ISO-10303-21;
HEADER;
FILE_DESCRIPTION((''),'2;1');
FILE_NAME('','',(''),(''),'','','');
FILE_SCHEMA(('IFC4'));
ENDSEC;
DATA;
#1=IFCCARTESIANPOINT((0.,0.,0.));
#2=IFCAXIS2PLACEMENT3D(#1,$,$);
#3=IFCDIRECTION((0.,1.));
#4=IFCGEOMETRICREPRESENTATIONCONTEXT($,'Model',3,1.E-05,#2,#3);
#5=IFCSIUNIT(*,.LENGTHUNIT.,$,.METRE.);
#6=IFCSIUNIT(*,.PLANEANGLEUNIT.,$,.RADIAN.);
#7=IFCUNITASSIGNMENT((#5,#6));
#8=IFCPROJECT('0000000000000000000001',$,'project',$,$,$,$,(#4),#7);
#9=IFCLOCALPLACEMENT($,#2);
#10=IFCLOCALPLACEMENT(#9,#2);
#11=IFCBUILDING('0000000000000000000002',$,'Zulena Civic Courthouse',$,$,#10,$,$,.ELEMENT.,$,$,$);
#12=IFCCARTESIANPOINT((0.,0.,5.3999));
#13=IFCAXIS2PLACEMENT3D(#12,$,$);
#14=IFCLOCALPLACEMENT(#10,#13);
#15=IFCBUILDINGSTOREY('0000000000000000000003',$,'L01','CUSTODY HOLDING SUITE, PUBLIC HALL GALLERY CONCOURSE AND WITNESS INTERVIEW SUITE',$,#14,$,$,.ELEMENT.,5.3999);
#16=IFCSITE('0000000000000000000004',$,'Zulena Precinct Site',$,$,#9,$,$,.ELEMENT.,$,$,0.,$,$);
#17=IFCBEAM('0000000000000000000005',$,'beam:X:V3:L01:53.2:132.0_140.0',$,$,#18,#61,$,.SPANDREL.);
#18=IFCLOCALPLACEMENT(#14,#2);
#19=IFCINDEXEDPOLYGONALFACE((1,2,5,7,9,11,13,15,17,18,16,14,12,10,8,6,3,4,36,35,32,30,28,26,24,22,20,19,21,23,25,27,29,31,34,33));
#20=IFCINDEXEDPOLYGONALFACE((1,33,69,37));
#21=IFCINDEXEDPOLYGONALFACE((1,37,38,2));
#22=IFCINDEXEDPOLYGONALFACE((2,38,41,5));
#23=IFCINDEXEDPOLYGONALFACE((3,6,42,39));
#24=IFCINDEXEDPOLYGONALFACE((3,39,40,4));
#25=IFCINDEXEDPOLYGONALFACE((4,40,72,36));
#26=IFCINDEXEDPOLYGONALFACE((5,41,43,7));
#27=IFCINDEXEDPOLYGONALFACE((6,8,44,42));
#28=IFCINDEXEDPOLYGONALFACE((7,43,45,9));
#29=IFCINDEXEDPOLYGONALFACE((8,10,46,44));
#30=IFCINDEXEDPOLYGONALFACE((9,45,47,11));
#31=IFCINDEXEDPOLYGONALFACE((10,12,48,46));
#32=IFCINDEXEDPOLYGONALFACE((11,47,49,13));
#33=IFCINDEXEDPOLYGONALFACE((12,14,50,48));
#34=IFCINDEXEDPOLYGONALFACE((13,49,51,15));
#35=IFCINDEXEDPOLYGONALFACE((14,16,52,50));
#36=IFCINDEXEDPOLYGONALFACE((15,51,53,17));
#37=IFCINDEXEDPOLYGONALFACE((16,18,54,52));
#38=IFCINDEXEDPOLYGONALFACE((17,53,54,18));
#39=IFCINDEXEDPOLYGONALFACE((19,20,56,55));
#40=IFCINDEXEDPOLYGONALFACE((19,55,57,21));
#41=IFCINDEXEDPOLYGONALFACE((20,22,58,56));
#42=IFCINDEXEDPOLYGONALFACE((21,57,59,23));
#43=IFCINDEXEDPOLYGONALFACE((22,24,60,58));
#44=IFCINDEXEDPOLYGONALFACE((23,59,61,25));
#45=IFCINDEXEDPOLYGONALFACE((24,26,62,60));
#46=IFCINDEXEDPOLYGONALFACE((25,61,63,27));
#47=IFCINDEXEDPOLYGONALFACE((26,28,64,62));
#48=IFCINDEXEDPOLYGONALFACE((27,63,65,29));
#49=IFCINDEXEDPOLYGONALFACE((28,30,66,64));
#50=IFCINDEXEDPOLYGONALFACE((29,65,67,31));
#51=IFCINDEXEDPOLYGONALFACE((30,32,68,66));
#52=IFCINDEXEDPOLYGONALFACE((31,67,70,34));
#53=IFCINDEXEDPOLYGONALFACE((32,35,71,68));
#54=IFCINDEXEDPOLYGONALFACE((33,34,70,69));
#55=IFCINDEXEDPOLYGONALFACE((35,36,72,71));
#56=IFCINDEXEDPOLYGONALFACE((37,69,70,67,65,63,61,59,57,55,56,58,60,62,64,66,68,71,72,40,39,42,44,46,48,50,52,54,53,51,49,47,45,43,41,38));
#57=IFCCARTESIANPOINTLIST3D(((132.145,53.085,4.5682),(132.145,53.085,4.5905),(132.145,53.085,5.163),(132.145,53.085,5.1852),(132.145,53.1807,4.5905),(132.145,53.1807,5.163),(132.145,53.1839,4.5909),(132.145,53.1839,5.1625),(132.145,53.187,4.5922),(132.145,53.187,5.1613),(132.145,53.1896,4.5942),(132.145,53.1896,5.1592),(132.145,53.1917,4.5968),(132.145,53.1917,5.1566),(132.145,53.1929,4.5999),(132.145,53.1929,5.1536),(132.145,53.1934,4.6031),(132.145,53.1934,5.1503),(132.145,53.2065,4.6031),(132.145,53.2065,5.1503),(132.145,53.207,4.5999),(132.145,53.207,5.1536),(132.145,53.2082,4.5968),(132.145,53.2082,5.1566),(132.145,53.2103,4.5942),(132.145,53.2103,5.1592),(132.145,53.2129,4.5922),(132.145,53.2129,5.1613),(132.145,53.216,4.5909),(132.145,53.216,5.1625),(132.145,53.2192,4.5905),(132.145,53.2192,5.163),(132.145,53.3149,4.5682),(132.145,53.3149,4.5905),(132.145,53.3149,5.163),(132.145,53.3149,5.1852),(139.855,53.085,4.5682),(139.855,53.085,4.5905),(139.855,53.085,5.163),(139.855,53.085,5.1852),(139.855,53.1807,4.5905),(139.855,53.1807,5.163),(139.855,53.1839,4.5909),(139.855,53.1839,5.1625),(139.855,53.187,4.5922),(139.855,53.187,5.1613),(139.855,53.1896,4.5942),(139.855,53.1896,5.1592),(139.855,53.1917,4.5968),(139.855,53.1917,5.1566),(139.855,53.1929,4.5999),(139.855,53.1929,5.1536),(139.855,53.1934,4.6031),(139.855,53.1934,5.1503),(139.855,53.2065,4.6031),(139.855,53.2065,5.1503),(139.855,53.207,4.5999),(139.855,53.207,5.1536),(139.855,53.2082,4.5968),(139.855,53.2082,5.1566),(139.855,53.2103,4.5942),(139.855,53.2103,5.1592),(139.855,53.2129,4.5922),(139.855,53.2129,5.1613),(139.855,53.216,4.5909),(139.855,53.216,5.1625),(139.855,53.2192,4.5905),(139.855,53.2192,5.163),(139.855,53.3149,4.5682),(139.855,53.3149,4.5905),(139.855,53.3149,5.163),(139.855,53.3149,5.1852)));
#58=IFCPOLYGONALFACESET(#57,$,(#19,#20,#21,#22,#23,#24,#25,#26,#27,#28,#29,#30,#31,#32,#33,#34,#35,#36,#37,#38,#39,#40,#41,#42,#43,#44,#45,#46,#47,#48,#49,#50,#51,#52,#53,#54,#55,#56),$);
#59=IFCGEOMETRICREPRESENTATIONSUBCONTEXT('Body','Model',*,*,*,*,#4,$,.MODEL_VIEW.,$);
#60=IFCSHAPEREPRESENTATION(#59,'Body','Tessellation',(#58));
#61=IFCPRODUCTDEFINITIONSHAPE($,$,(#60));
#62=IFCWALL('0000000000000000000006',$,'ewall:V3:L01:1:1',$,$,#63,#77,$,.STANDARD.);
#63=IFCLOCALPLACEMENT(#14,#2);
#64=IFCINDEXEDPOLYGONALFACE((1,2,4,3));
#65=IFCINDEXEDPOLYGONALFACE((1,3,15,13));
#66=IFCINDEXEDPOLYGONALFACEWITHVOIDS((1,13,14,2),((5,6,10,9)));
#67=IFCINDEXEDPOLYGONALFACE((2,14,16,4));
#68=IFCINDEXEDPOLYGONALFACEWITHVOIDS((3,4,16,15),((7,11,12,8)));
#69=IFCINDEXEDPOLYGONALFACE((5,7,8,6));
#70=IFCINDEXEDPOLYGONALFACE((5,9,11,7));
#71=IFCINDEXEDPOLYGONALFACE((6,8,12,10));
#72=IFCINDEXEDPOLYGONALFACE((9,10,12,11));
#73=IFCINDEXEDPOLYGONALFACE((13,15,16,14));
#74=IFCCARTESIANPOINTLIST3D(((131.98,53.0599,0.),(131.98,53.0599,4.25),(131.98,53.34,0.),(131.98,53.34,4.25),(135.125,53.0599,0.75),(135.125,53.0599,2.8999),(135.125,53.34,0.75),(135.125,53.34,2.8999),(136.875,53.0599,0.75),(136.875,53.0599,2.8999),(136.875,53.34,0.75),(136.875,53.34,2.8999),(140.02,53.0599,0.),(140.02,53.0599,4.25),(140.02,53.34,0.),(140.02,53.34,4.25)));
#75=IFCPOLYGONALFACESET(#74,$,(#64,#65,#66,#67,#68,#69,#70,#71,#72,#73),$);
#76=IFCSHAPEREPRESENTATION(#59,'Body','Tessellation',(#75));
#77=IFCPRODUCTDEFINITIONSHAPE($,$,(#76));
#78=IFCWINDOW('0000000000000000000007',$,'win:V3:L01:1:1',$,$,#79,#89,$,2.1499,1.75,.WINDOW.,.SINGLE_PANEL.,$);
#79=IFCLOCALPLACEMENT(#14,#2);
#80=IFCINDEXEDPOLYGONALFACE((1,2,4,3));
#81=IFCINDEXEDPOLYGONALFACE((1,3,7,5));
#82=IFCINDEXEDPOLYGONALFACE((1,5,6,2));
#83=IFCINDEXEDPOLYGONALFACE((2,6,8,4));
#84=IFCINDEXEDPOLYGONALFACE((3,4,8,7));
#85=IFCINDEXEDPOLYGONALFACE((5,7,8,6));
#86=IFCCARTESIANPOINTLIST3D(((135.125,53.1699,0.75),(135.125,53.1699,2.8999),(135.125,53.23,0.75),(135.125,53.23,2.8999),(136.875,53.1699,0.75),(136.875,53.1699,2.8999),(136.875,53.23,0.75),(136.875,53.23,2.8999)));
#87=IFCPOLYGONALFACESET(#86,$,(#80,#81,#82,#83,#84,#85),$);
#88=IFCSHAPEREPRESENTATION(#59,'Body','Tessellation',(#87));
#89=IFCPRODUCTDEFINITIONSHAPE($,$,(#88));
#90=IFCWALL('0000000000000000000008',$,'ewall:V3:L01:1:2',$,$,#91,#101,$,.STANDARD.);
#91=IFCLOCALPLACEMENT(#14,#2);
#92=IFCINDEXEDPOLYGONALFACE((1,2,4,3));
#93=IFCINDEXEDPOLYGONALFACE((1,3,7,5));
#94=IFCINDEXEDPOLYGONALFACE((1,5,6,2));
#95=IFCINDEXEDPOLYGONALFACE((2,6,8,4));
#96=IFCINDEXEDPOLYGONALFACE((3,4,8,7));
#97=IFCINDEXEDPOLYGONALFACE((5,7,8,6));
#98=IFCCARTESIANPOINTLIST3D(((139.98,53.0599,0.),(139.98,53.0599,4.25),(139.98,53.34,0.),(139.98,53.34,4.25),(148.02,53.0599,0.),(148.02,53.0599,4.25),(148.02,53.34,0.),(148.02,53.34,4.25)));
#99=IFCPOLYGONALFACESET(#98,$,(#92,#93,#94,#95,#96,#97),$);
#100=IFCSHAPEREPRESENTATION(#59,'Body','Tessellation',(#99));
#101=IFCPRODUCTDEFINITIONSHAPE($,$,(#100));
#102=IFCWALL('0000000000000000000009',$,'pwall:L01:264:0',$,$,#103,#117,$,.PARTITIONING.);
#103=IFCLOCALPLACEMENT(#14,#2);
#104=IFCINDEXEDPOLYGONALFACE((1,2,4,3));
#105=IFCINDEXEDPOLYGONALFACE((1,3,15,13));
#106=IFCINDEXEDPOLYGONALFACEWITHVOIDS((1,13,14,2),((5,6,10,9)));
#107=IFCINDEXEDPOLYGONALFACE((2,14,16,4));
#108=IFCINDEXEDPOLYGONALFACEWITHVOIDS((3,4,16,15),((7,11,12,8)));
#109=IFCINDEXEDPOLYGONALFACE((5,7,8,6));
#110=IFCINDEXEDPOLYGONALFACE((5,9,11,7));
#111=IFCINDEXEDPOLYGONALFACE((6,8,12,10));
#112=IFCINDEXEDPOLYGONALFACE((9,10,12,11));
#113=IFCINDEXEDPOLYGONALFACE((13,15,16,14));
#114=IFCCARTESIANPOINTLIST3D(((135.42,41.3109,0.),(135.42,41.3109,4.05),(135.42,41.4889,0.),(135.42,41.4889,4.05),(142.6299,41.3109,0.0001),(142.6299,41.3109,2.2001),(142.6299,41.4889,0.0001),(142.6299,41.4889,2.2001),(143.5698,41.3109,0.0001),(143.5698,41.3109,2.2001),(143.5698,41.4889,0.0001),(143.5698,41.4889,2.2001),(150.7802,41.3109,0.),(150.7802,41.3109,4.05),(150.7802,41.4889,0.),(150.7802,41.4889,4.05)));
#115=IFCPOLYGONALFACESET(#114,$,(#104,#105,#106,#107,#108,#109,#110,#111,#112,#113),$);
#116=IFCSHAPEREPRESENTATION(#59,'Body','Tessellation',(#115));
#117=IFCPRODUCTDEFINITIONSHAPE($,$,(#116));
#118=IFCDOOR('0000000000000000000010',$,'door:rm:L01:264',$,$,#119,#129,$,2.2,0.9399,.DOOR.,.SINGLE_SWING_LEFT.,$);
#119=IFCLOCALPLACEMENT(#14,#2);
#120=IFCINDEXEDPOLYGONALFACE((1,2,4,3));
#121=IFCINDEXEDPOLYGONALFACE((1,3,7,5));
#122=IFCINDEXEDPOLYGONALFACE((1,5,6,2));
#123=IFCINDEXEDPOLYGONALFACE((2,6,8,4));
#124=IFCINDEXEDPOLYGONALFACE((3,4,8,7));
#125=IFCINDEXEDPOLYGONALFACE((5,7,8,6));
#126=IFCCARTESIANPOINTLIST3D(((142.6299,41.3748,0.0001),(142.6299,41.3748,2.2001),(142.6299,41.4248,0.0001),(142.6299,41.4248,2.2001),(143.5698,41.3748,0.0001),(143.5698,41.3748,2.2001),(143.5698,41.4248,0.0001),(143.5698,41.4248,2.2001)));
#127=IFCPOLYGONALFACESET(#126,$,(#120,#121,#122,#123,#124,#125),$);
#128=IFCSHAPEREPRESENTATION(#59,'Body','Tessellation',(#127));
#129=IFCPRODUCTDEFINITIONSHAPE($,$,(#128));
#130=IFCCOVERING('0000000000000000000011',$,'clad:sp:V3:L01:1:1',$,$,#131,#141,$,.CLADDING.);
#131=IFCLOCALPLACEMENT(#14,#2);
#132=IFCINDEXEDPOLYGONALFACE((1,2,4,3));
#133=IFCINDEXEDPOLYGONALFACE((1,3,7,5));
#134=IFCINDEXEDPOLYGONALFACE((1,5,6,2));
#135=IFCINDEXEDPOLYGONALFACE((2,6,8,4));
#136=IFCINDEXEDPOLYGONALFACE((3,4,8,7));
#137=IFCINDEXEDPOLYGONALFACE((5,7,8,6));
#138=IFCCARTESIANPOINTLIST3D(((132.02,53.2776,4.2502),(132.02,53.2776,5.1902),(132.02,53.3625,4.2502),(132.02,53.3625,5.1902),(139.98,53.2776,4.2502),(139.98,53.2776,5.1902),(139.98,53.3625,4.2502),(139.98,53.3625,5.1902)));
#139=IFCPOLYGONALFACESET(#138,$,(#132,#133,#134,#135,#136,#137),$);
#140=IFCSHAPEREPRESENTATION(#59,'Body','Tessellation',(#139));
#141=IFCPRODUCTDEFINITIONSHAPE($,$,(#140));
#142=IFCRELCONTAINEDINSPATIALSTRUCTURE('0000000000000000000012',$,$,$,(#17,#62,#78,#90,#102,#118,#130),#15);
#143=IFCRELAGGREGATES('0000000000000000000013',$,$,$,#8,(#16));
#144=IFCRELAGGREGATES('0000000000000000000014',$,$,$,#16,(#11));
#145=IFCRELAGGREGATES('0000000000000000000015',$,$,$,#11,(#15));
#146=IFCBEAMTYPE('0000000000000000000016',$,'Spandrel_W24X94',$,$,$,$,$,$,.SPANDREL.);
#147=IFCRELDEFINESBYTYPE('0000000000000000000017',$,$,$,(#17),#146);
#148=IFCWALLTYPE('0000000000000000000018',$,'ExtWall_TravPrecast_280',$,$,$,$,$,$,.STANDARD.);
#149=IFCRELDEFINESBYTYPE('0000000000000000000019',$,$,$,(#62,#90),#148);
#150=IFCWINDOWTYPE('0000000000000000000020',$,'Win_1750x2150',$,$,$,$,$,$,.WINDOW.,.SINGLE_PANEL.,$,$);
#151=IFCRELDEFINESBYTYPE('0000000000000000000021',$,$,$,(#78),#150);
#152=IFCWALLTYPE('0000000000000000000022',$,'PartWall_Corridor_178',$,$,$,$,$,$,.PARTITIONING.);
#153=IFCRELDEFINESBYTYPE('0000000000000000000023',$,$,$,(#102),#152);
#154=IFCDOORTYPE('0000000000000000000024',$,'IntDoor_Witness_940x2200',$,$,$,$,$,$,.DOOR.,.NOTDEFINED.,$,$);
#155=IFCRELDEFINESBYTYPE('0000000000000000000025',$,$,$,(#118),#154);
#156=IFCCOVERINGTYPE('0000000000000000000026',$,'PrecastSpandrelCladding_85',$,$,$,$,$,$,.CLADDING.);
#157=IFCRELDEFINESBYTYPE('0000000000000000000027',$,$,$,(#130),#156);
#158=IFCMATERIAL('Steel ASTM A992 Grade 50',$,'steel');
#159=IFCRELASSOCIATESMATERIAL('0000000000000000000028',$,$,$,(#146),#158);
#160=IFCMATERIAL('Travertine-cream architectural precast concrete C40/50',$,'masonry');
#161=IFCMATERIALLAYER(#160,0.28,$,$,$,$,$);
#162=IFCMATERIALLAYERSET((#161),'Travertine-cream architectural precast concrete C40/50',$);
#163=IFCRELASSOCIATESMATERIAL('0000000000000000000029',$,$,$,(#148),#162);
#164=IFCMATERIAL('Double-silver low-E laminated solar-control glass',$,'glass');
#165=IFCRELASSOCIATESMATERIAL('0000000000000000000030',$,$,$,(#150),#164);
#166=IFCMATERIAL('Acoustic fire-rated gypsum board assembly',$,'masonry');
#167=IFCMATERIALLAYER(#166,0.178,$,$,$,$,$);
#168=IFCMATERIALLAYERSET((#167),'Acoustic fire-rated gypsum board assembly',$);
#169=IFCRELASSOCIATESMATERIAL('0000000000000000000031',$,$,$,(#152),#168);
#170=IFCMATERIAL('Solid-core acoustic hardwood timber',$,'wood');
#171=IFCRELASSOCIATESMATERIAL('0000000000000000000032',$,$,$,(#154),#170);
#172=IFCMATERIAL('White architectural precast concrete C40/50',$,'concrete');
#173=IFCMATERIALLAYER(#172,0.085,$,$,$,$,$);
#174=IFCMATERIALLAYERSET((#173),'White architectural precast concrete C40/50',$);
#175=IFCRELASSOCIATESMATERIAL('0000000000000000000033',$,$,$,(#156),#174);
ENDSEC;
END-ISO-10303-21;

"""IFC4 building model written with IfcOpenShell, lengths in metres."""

from ifc_helpers import new_model, si_unit, direction, frame, frame_2d, origin, origin_2d, place, context, subcontext, project, spatial, rectangle, i_section, extrude, material, layer, layer_set, material_profile, profile_set, type_object, element, fill, save


model = new_model("IFC4")

# Units and contexts
model_context = context("Model", 3, precision=1e-05, world=origin(), true_north=direction((0.0, 1.0)))
body_context = subcontext(model_context, "Body", "Model", "MODEL_VIEW")
ifc_project = project(units=[si_unit("LENGTHUNIT", "METRE"), si_unit("PLANEANGLEUNIT", "RADIAN")], contexts=[model_context])

# Site, building, storey
site_placement = place(None, origin())
site = spatial("IfcSite", under=ifc_project, at=site_placement, Name="Zulena Precinct Site", CompositionType="ELEMENT", RefElevation=0.0)
building_placement = place(site_placement, origin())
building = spatial("IfcBuilding", under=site, at=building_placement, Name="Zulena Civic Courthouse", CompositionType="ELEMENT")
storey_placement = place(building_placement, frame((0.0, 0.0, 5.3999)))
storey = spatial("IfcBuildingStorey", under=building, at=storey_placement, Name="L01", Description="CUSTODY HOLDING SUITE, PUBLIC HALL GALLERY CONCOURSE AND WITNESS INTERVIEW SUITE", CompositionType="ELEMENT", Elevation=5.3999)

# Shared definitions
ifc_material_1 = material(Name="Steel ASTM A992 Grade 50", Category="steel")

# Beam
ifc_material_profile_1 = material_profile(ifc_material_1, i_section(OverallWidth=0.23, OverallDepth=0.6169, WebThickness=0.0132, FlangeThickness=0.0222, FilletRadius=0.0127, at=origin_2d()), Name="W24X94")
ifc_profile_set_1 = profile_set([ifc_material_profile_1], Name="Steel ASTM A992 Grade 50")
beam_type_1 = type_object("IfcBeamType", Name="Spandrel_W24X94", PredefinedType="SPANDREL", material=ifc_profile_set_1)
beam_1_placement = place(storey_placement, frame((132.145, 53.2, 4.8767), z_axis=(1.0, 0.0, 0.0), x_axis=(0.0, 1.0, 0.0)))
element("IfcBeam", 1, at=beam_1_placement, inside=storey, type_object=beam_type_1, Name="beam:X:V3:L01:53.2:132.0_140.0", PredefinedType="SPANDREL", context=body_context, shape_type="SweptSolid", body=[
    extrude(i_section(OverallWidth=0.23, OverallDepth=0.6169, WebThickness=0.0132, FlangeThickness=0.0222, FilletRadius=0.0127, at=origin_2d()), origin(), (0.0, 0.0, 1.0), 7.71),
])

# Wall, opening, window
ifc_material_2 = material(Name="Travertine-cream architectural precast concrete C40/50", Category="masonry")
ifc_layer_1 = layer(ifc_material_2, 0.28)
ifc_layer_set_1 = layer_set([ifc_layer_1], Name="Travertine-cream architectural precast concrete C40/50")
wall_type_1 = type_object("IfcWallType", Name="ExtWall_TravPrecast_280", PredefinedType="STANDARD", material=ifc_layer_set_1)
wall_1_placement = place(storey_placement, frame((131.98, 53.2, 0.0), z_axis=(0.0, 0.0, 1.0), x_axis=(1.0, 0.0, 0.0)))
wall_1 = element("IfcWall", 2, at=wall_1_placement, inside=storey, type_object=wall_type_1, Name="ewall:V3:L01:1:1", PredefinedType="STANDARD", context=body_context, shape_type="SweptSolid", body=[
    extrude(rectangle(XDim=8.04, YDim=0.28, at=frame_2d((4.02, 0.0))), origin(), (0.0, 0.0, 1.0), 4.25),
])
opening_1_placement = place(wall_1_placement, frame((3.145, 0.0, 0.75)))
opening_1 = element("IfcOpeningElement", 3, at=opening_1_placement, cuts=wall_1, PredefinedType="OPENING", context=body_context, shape_type="SweptSolid", body=[
    extrude(rectangle(XDim=1.75, YDim=2.1499, at=frame_2d((0.875, 1.075))), frame((0.0, 0.1499, 0.0), z_axis=(0.0, -1.0, 0.0), x_axis=(1.0, 0.0, 0.0)), (0.0, 0.0, 1.0), 0.3),
])
ifc_material_3 = material(Name="Double-silver low-E laminated solar-control glass", Category="glass")
window_type = type_object("IfcWindowType", Name="Win_1750x2150", PartitioningType="SINGLE_PANEL", PredefinedType="WINDOW", material=ifc_material_3)
window_placement = place(opening_1_placement, origin())
window = element("IfcWindow", 4, at=window_placement, inside=storey, type_object=window_type, Name="win:V3:L01:1:1", OverallHeight=2.1499, OverallWidth=1.75, PartitioningType="SINGLE_PANEL", PredefinedType="WINDOW", context=body_context, shape_type="SweptSolid", body=[
    extrude(rectangle(XDim=1.75, YDim=2.1499, at=frame_2d((0.875, 1.075))), frame((0.0, 0.03, 0.0), z_axis=(0.0, -1.0, 0.0), x_axis=(1.0, 0.0, 0.0)), (0.0, 0.0, 1.0), 0.0601),
])
fill(opening_1, window)

# Wall
wall_2_placement = place(storey_placement, frame((139.98, 53.2, 0.0), z_axis=(0.0, 0.0, 1.0), x_axis=(1.0, 0.0, 0.0)))
element("IfcWall", 5, at=wall_2_placement, inside=storey, type_object=wall_type_1, Name="ewall:V3:L01:1:2", PredefinedType="STANDARD", context=body_context, shape_type="SweptSolid", body=[
    extrude(rectangle(XDim=8.04, YDim=0.28, at=frame_2d((4.02, 0.0))), origin(), (0.0, 0.0, 1.0), 4.25),
])

# Wall, opening, door
ifc_material_4 = material(Name="Acoustic fire-rated gypsum board assembly", Category="masonry")
ifc_layer_2 = layer(ifc_material_4, 0.178)
ifc_layer_set_2 = layer_set([ifc_layer_2], Name="Acoustic fire-rated gypsum board assembly")
wall_type_2 = type_object("IfcWallType", Name="PartWall_Corridor_178", PredefinedType="PARTITIONING", material=ifc_layer_set_2)
wall_3_placement = place(storey_placement, frame((135.4199, 41.3999, 0.0), z_axis=(0.0, 0.0, 1.0), x_axis=(1.0, 0.0, 0.0)))
wall_3 = element("IfcWall", 6, at=wall_3_placement, inside=storey, type_object=wall_type_2, Name="pwall:L01:264:0", PredefinedType="PARTITIONING", context=body_context, shape_type="SweptSolid", body=[
    extrude(rectangle(XDim=15.3601, YDim=0.178, at=frame_2d((7.6802, 0.0))), origin(), (0.0, 0.0, 1.0), 4.05),
])
opening_2_placement = place(wall_3_placement, frame((7.21, 0.0, 0.0)))
opening_2 = element("IfcOpeningElement", 7, at=opening_2_placement, cuts=wall_3, PredefinedType="OPENING", context=body_context, shape_type="SweptSolid", body=[
    extrude(rectangle(XDim=0.9399, YDim=2.2, at=frame_2d((0.47, 1.1001))), frame((0.0, 0.0989, 0.0), z_axis=(0.0, -1.0, 0.0), x_axis=(1.0, 0.0, 0.0)), (0.0, 0.0, 1.0), 0.198),
])
ifc_material_5 = material(Name="Solid-core acoustic hardwood timber", Category="wood")
door_type = type_object("IfcDoorType", Name="IntDoor_Witness_940x2200", OperationType="NOTDEFINED", PredefinedType="DOOR", material=ifc_material_5)
door_placement = place(opening_2_placement, origin())
door = element("IfcDoor", 8, at=door_placement, inside=storey, type_object=door_type, Name="door:rm:L01:264", OperationType="SINGLE_SWING_LEFT", OverallHeight=2.2, OverallWidth=0.9399, PredefinedType="DOOR", context=body_context, shape_type="SweptSolid", body=[
    extrude(rectangle(XDim=0.9399, YDim=2.2, at=frame_2d((0.47, 1.1001))), frame((0.0, 0.0249, 0.0), z_axis=(0.0, -1.0, 0.0), x_axis=(1.0, 0.0, 0.0)), (0.0, 0.0, 1.0), 0.05),
])
fill(opening_2, door)

# Covering
ifc_material_6 = material(Name="White architectural precast concrete C40/50", Category="concrete")
ifc_layer_3 = layer(ifc_material_6, 0.085)
ifc_layer_set_3 = layer_set([ifc_layer_3], Name="White architectural precast concrete C40/50")
covering_type = type_object("IfcCoveringType", Name="PrecastSpandrelCladding_85", PredefinedType="CLADDING", material=ifc_layer_set_3)
covering_placement = place(storey_placement, frame((136.0, 53.3201, 4.2502), z_axis=(0.0, 0.0, 1.0), x_axis=(1.0, 0.0, 0.0)))
element("IfcCovering", 9, at=covering_placement, inside=storey, type_object=covering_type, Name="clad:sp:V3:L01:1:1", PredefinedType="CLADDING", context=body_context, shape_type="SweptSolid", body=[
    extrude(rectangle(XDim=7.96, YDim=0.085, at=origin_2d()), origin(), (0.0, 0.0, 1.0), 0.9399),
])

save(model, "model.ifc")
